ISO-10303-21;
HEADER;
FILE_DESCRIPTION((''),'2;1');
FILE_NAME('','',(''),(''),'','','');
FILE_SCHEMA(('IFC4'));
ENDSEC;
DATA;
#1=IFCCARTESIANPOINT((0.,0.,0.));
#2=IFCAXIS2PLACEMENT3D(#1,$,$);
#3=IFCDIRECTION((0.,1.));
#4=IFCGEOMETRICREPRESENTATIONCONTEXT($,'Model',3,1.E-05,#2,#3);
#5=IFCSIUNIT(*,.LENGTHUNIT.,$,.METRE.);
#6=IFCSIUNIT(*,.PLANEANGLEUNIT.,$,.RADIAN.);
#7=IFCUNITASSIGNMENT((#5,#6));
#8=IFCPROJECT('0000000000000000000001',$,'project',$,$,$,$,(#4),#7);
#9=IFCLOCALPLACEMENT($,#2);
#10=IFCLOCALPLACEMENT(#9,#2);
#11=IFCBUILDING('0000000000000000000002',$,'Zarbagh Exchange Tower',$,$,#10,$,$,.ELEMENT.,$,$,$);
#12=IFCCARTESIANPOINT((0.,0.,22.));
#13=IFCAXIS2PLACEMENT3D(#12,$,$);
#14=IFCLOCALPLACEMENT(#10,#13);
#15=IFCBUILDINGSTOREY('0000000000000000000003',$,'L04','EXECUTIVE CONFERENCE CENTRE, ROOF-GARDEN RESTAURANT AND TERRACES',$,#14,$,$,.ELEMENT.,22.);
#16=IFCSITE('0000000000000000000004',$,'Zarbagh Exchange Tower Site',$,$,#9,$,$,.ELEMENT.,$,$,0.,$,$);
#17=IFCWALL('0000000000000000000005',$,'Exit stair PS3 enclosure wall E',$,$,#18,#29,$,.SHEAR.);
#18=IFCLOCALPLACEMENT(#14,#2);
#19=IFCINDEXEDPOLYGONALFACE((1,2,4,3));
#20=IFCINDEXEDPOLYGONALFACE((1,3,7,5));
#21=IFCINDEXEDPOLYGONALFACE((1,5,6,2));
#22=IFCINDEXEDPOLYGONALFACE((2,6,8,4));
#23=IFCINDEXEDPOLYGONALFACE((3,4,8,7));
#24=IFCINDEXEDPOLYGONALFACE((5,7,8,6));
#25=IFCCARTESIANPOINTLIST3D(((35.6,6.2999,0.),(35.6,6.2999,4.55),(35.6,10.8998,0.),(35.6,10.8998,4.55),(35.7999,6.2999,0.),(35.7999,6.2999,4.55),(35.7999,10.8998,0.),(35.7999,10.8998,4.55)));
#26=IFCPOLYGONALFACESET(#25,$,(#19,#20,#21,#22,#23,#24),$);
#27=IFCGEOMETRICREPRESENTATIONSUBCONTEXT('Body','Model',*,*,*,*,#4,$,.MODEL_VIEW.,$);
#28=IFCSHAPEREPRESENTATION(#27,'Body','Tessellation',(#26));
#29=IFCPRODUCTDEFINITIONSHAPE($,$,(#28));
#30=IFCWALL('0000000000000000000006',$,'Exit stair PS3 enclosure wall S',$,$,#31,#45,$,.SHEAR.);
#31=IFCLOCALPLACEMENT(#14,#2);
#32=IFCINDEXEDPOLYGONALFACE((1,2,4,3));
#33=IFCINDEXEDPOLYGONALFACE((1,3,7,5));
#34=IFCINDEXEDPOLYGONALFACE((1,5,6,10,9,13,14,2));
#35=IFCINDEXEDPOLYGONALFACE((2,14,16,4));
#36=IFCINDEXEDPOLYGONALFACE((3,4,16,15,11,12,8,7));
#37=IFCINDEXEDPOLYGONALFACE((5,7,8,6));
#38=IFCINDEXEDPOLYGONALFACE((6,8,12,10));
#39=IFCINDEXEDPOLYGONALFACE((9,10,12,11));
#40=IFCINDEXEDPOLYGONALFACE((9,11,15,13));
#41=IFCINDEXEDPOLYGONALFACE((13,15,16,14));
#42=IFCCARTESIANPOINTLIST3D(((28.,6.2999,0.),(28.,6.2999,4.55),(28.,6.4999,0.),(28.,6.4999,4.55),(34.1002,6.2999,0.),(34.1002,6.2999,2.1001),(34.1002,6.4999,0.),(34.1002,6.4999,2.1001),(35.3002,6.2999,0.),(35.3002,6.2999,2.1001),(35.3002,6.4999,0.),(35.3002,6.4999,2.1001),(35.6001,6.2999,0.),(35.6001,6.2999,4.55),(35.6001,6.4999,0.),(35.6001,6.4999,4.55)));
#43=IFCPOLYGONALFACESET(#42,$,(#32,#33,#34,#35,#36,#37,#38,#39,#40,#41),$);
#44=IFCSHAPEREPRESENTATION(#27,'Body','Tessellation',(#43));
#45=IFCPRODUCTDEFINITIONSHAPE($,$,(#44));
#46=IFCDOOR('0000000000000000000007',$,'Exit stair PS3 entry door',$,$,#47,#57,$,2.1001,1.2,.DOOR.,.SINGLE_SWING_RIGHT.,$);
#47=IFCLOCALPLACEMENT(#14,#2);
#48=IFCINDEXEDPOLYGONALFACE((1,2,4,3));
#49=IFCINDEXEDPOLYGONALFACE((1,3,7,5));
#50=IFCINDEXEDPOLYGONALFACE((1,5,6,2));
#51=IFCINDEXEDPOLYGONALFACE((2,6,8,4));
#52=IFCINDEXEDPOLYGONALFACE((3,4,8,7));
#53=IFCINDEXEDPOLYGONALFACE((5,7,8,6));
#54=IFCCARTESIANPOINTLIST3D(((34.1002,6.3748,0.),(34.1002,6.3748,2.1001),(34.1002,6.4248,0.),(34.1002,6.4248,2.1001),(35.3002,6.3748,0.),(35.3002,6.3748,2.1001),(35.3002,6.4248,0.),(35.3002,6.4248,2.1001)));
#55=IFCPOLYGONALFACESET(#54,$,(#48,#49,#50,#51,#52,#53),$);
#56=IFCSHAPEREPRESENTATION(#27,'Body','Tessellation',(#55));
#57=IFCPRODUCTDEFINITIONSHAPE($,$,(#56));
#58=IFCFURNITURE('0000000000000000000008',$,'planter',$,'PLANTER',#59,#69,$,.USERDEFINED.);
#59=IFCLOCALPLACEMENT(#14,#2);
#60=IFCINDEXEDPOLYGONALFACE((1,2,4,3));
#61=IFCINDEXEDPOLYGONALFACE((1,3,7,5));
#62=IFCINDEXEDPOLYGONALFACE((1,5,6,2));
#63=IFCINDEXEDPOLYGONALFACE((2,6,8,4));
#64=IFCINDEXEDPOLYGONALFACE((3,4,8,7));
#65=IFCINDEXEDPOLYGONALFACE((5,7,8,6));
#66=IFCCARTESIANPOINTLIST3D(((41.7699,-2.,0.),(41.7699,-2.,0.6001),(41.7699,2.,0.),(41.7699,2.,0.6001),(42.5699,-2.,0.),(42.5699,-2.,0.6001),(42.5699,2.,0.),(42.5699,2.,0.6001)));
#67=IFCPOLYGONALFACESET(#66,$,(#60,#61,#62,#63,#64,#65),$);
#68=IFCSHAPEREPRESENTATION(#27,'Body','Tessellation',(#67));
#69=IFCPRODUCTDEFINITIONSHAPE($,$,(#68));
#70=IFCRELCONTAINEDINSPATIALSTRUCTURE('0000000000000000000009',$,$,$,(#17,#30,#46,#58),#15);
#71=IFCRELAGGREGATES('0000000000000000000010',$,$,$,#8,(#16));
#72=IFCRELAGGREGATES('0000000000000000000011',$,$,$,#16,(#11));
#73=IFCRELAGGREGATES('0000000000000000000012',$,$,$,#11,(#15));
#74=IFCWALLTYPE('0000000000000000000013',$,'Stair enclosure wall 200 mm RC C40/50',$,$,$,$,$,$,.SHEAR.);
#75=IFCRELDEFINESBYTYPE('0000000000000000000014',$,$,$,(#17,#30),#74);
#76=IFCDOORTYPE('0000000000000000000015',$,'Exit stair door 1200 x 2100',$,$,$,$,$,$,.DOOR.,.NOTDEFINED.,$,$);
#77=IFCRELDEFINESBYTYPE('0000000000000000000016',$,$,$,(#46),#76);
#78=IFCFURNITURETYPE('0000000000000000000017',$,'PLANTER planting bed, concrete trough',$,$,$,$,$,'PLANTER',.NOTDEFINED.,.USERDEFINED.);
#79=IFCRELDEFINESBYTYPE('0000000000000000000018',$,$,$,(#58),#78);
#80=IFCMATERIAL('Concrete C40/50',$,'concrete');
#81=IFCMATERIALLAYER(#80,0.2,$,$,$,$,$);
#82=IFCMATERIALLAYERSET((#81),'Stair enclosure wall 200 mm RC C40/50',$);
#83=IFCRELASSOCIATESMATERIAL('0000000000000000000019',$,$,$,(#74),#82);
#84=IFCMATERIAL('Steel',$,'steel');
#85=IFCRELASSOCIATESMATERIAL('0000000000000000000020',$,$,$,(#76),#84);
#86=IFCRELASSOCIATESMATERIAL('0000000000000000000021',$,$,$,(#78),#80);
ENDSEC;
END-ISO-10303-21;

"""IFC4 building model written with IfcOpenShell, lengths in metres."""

from ifc_helpers import new_model, si_unit, direction, frame, frame_2d, origin, origin_2d, place, context, subcontext, project, spatial, rectangle, extrude, material, layer, layer_set, type_object, element, fill, save


model = new_model("IFC4")

# Units and contexts
model_context = context("Model", 3, precision=1e-05, world=origin(), true_north=direction((0.0, 1.0)))
body_context = subcontext(model_context, "Body", "Model", "MODEL_VIEW")
ifc_project = project(units=[si_unit("LENGTHUNIT", "METRE"), si_unit("PLANEANGLEUNIT", "RADIAN")], contexts=[model_context])

# Site, building, storey
site_placement = place(None, origin())
site = spatial("IfcSite", under=ifc_project, at=site_placement, Name="Zarbagh Exchange Tower Site", CompositionType="ELEMENT", RefElevation=0.0)
building_placement = place(site_placement, origin())
building = spatial("IfcBuilding", under=site, at=building_placement, Name="Zarbagh Exchange Tower", CompositionType="ELEMENT")
storey_placement = place(building_placement, frame((0.0, 0.0, 22.0)))
storey = spatial("IfcBuildingStorey", under=building, at=storey_placement, Name="L04", Description="EXECUTIVE CONFERENCE CENTRE, ROOF-GARDEN RESTAURANT AND TERRACES", CompositionType="ELEMENT", Elevation=22.0)

# Wall
ifc_material_1 = material(Name="Concrete C40/50", Category="concrete")
ifc_layer_1 = layer(ifc_material_1, 0.2)
ifc_layer_set_1 = layer_set([ifc_layer_1], Name="Stair enclosure wall 200 mm RC C40/50")
wall_type_1 = type_object("IfcWallType", Name="Stair enclosure wall 200 mm RC C40/50", PredefinedType="SHEAR", material=ifc_layer_set_1)
for number, where, z_axis, x_axis, name in (
    (1, (35.7, 6.3, 0.0), (0.0, 0.0, 1.0), (0.0, 1.0, 0.0), "Exit stair PS3 enclosure wall E"),
):
    element("IfcWall", number, at=place(storey_placement, frame(where, z_axis=z_axis, x_axis=x_axis)), inside=storey, type_object=wall_type_1, Name=name, PredefinedType="SHEAR", context=body_context, shape_type="SweptSolid", body=[
        extrude(rectangle(XDim=4.5999, YDim=0.2, at=frame_2d((2.2998, 0.0))), origin(), (0.0, 0.0, 1.0), 4.55),
    ])

# Wall, opening, door
wall_1_placement = place(storey_placement, frame((28.0, 6.3999, 0.0), z_axis=(0.0, 0.0, 1.0), x_axis=(1.0, 0.0, 0.0)))
wall_1 = element("IfcWall", 2, at=wall_1_placement, inside=storey, type_object=wall_type_1, Name="Exit stair PS3 enclosure wall S", PredefinedType="SHEAR", context=body_context, shape_type="SweptSolid", body=[
    extrude(rectangle(XDim=7.6001, YDim=0.2, at=frame_2d((3.8, 0.0))), origin(), (0.0, 0.0, 1.0), 4.55),
])
opening_1_placement = place(wall_1_placement, frame((6.1001, 0.0, 0.0)))
opening_1 = element("IfcOpeningElement", 3, at=opening_1_placement, cuts=wall_1, PredefinedType="OPENING", context=body_context, shape_type="SweptSolid", body=[
    extrude(rectangle(XDim=1.2, YDim=2.1001, at=frame_2d((0.6001, 1.05))), frame((0.0, 0.1099, 0.0), z_axis=(0.0, -1.0, 0.0), x_axis=(1.0, 0.0, 0.0)), (0.0, 0.0, 1.0), 0.22),
])
ifc_material_2 = material(Name="Steel", Category="steel")
door_type_1 = type_object("IfcDoorType", Name="Exit stair door 1200 x 2100", OperationType="NOTDEFINED", PredefinedType="DOOR", material=ifc_material_2)
door_1_placement = place(opening_1_placement, origin())
door_1 = element("IfcDoor", 4, at=door_1_placement, inside=storey, type_object=door_type_1, Name="Exit stair PS3 entry door", OperationType="SINGLE_SWING_RIGHT", OverallHeight=2.1001, OverallWidth=1.2, PredefinedType="DOOR", context=body_context, shape_type="SweptSolid", body=[
    extrude(rectangle(XDim=1.2, YDim=2.1001, at=frame_2d((0.6001, 1.05))), frame((0.0, 0.0249, 0.0), z_axis=(0.0, -1.0, 0.0), x_axis=(1.0, 0.0, 0.0)), (0.0, 0.0, 1.0), 0.05),
])
fill(opening_1, door_1)

# Furniture
furniture_type = type_object("IfcFurnitureType", Name="PLANTER planting bed, concrete trough", ElementType="PLANTER", AssemblyPlace="NOTDEFINED", PredefinedType="USERDEFINED", material=ifc_material_1)
furniture_placement = place(storey_placement, frame((42.1699, 0.0, 0.0), z_axis=(0.0, 0.0, 1.0), x_axis=(0.0, -1.0, 0.0)))
element("IfcFurniture", 5, at=furniture_placement, inside=storey, type_object=furniture_type, Name="planter", ObjectType="PLANTER", PredefinedType="USERDEFINED", context=body_context, shape_type="SweptSolid", body=[
    extrude(rectangle(XDim=4.0, YDim=0.8, at=origin_2d()), origin(), (0.0, 0.0, 1.0), 0.6001),
])

save(model, "model.ifc")
